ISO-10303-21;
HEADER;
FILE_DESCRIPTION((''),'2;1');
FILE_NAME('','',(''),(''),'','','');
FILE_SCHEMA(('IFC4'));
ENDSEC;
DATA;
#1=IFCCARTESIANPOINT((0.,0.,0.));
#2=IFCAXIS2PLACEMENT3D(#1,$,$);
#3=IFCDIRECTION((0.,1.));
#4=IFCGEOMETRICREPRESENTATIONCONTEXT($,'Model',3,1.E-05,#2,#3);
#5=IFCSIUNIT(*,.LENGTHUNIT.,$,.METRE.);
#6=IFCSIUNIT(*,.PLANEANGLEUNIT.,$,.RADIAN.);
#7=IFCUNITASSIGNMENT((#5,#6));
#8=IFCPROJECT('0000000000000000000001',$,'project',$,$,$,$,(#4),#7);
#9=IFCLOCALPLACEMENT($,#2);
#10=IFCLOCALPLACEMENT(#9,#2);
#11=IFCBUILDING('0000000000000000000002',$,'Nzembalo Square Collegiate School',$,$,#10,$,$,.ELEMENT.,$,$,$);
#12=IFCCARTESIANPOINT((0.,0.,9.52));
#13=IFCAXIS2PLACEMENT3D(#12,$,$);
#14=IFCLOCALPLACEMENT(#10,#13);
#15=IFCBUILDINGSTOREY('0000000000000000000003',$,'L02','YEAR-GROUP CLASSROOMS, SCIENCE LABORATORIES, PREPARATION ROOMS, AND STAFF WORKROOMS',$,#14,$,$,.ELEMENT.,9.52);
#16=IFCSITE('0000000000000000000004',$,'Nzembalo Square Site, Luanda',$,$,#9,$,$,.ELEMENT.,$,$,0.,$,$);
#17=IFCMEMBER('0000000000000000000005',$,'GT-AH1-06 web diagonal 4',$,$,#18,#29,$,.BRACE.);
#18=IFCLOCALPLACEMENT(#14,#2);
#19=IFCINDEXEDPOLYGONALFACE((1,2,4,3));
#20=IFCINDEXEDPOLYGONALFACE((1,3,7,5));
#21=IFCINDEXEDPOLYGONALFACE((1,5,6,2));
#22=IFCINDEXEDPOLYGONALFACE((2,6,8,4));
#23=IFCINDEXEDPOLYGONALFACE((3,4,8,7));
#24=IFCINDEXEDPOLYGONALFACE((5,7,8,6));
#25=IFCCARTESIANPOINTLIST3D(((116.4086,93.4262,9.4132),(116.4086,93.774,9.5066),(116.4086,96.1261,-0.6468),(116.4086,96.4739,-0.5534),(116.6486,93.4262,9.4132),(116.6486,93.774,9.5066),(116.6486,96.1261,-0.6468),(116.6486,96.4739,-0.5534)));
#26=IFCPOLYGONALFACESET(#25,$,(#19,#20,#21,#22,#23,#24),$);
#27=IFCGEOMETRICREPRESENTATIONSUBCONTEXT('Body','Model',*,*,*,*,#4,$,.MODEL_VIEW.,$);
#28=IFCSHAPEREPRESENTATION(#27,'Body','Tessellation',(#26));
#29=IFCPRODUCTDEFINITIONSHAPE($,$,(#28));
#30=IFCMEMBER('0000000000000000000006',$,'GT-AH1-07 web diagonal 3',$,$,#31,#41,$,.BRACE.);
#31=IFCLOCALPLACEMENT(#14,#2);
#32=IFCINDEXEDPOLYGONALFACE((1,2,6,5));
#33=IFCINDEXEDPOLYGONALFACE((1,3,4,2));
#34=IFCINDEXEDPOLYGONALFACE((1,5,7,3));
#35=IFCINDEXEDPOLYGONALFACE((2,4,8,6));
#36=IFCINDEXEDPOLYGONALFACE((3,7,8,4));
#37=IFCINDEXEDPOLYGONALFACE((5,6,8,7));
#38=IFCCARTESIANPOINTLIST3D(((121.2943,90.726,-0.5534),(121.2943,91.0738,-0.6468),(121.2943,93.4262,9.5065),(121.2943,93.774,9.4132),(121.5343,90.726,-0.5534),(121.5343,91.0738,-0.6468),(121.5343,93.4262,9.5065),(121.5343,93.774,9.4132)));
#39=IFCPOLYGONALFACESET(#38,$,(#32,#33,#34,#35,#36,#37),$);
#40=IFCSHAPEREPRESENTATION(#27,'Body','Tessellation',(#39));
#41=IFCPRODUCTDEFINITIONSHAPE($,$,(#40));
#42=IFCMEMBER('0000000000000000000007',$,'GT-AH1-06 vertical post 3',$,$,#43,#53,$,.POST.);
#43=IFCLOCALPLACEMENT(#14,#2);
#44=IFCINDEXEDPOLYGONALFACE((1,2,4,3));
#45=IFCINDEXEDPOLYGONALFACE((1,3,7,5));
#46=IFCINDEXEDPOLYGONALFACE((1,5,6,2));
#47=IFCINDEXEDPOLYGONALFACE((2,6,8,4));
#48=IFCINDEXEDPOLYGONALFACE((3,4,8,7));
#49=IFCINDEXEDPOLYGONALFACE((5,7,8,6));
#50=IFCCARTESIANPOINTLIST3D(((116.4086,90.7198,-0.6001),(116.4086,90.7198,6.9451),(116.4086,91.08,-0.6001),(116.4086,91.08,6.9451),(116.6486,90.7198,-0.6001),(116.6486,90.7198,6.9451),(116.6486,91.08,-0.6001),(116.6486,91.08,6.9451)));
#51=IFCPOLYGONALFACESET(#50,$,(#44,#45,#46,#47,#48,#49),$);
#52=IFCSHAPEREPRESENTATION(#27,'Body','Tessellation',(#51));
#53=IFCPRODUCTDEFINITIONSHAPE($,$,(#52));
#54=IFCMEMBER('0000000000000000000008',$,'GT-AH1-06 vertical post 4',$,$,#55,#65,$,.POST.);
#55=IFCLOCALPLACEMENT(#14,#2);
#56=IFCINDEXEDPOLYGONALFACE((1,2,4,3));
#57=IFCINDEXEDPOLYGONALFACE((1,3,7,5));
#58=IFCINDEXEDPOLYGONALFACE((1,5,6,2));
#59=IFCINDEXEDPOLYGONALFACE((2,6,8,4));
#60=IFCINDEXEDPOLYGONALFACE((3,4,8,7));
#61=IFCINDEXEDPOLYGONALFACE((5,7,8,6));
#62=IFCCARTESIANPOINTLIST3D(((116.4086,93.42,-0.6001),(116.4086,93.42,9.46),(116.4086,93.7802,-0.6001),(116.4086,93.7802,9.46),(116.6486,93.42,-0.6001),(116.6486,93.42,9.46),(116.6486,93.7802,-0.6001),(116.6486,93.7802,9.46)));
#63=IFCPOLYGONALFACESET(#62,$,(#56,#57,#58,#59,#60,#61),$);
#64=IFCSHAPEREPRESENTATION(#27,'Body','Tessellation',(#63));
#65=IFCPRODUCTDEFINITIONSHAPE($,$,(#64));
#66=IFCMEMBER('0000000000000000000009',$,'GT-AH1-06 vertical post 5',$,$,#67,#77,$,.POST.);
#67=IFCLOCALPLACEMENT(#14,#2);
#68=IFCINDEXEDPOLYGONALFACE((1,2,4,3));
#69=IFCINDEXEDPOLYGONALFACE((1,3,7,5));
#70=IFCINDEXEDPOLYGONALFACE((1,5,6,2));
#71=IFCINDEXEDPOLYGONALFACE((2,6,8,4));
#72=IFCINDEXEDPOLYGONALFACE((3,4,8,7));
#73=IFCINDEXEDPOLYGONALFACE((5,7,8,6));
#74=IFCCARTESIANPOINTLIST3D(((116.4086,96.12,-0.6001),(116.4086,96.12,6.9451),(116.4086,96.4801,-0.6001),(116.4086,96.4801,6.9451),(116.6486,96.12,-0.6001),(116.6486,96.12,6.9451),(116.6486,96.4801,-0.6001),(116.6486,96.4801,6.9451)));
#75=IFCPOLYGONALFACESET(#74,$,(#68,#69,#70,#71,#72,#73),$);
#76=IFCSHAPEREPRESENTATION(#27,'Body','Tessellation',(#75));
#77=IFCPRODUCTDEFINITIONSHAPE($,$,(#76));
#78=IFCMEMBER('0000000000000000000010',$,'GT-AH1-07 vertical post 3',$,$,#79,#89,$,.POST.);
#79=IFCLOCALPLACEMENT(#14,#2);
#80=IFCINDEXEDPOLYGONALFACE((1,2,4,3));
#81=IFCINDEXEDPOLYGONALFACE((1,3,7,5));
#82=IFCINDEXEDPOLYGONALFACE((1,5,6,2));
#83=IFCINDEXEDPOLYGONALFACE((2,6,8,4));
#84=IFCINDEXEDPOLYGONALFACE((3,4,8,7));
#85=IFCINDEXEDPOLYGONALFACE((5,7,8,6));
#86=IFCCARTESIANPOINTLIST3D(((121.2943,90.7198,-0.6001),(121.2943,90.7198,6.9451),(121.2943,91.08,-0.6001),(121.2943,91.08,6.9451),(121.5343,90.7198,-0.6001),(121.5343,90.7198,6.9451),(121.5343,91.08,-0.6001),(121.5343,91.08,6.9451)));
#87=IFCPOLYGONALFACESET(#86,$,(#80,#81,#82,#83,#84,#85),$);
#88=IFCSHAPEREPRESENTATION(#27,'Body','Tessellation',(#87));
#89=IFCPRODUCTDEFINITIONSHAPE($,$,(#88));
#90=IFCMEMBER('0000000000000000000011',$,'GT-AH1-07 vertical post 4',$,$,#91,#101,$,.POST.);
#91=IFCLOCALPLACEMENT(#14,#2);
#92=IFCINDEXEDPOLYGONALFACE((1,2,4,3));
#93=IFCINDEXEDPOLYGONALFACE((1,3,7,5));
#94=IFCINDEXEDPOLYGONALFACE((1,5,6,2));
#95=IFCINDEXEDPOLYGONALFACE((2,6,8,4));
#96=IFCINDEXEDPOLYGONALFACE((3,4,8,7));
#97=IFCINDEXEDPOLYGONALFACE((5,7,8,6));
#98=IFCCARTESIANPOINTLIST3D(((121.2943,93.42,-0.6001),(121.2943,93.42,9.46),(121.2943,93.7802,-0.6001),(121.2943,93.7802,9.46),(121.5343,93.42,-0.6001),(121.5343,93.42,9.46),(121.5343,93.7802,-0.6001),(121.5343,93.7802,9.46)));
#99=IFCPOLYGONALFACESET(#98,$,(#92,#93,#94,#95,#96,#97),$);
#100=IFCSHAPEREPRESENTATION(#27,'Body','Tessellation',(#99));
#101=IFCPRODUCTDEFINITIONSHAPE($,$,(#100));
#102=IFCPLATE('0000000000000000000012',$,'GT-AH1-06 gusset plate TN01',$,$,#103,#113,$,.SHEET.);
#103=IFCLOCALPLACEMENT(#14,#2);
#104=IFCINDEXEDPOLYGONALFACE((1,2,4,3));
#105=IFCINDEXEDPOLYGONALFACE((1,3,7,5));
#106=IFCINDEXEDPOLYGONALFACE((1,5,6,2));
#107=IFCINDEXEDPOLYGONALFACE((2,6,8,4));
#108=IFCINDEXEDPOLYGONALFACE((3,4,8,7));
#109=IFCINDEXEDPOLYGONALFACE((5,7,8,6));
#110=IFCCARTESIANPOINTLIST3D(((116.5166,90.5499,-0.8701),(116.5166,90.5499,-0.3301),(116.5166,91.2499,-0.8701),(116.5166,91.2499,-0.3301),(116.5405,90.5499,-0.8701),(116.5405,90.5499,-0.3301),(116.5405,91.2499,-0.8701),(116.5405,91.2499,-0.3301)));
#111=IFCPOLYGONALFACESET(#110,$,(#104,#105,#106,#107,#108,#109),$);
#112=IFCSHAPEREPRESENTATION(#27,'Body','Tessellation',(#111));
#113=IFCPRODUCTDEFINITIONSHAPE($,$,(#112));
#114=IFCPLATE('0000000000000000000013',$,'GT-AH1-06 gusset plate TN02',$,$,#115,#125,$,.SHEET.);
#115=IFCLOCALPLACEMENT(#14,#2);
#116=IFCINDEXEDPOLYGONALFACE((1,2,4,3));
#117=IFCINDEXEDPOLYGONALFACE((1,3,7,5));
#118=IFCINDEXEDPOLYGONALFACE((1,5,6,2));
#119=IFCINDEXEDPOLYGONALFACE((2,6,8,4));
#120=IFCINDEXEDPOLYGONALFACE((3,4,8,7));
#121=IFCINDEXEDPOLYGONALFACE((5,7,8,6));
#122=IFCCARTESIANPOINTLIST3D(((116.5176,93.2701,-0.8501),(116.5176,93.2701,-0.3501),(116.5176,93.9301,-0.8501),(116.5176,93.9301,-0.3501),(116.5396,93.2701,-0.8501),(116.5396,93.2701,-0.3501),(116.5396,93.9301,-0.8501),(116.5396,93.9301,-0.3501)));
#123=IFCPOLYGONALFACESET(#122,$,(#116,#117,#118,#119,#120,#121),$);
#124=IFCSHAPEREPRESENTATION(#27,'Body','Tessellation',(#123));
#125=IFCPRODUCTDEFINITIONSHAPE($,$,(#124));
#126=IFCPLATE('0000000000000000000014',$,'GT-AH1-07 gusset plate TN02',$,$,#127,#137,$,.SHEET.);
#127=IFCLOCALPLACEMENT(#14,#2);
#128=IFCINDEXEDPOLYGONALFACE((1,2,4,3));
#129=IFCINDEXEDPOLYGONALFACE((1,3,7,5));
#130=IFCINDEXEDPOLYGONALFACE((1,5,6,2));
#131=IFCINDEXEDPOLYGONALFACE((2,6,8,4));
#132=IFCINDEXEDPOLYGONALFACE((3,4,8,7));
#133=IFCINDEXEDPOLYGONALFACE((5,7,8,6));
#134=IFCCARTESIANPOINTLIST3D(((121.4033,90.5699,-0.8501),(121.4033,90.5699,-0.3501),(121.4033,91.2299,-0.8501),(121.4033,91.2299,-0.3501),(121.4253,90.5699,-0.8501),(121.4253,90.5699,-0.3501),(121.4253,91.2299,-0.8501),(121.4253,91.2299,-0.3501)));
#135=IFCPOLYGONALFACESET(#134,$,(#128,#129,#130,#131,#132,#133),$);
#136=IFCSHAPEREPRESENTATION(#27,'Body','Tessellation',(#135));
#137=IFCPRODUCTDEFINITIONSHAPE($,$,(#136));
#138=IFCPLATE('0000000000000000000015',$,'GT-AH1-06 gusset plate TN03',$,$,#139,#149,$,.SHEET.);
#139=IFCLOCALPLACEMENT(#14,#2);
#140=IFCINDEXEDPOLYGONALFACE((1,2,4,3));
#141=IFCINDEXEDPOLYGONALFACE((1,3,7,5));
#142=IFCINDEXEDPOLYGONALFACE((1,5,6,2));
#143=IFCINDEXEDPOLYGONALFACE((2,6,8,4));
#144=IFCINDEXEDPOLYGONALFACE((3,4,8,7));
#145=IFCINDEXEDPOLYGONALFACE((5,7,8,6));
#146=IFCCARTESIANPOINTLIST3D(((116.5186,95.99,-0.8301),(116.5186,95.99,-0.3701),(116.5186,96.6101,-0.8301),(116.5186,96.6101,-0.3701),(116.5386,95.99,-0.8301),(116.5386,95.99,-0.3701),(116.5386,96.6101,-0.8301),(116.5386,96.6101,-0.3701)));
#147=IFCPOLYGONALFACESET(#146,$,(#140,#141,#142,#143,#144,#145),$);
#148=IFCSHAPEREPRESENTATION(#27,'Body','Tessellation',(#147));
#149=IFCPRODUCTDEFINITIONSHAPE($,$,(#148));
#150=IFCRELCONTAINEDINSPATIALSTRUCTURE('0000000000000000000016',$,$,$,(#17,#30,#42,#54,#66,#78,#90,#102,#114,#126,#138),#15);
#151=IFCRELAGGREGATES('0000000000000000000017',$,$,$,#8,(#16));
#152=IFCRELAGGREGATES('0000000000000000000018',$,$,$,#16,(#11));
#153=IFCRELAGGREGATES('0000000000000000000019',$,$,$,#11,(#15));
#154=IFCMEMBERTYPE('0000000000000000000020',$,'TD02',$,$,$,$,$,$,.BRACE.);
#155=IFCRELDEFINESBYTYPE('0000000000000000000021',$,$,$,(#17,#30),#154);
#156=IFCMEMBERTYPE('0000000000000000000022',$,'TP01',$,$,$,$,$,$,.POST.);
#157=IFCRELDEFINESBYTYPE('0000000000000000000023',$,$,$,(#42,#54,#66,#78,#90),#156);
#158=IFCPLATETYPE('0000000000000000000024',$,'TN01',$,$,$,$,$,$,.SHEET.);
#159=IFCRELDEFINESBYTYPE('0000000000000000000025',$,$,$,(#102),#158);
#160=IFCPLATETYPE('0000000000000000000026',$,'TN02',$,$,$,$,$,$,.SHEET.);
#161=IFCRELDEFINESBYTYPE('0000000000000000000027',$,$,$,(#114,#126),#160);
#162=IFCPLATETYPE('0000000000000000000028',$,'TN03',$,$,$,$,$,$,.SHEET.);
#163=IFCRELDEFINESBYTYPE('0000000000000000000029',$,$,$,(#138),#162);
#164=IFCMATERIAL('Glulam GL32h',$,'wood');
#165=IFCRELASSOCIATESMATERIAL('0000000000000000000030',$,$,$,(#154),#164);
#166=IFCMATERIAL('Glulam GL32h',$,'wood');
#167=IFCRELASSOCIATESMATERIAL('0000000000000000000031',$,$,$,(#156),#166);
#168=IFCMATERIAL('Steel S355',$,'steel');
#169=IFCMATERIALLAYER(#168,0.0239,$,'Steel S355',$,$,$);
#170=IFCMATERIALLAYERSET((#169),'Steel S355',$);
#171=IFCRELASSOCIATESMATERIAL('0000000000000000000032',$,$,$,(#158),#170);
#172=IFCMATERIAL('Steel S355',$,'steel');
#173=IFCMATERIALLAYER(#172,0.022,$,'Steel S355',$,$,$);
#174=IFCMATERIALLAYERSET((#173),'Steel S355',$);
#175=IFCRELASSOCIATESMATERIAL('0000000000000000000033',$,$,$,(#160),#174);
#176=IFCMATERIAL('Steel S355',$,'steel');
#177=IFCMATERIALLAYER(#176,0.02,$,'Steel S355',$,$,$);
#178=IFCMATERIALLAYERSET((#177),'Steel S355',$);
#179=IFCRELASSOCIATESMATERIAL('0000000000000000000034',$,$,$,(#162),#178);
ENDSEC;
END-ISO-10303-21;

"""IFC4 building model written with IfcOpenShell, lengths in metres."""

from ifc_helpers import new_model, si_unit, direction, frame, origin, origin_2d, place, context, subcontext, project, spatial, rectangle, extrude, material, layer, layer_set, material_profile, profile_set, type_object, element, save


model = new_model("IFC4")

# Units and contexts
model_context = context("Model", 3, precision=1e-05, world=origin(), true_north=direction((0.0, 1.0)))
body_context = subcontext(model_context, "Body", "Model", "MODEL_VIEW")
ifc_project = project(units=[si_unit("LENGTHUNIT", "METRE"), si_unit("PLANEANGLEUNIT", "RADIAN")], contexts=[model_context])

# Site, building, storey
site_placement = place(None, origin())
site = spatial("IfcSite", under=ifc_project, at=site_placement, Name="Nzembalo Square Site, Luanda", CompositionType="ELEMENT", RefElevation=0.0)
building_placement = place(site_placement, origin())
building = spatial("IfcBuilding", under=site, at=building_placement, Name="Nzembalo Square Collegiate School", CompositionType="ELEMENT")
storey_placement = place(building_placement, frame((0.0, 0.0, 9.52)))
storey = spatial("IfcBuildingStorey", under=building, at=storey_placement, Name="L02", Description="YEAR-GROUP CLASSROOMS, SCIENCE LABORATORIES, PREPARATION ROOMS, AND STAFF WORKROOMS", CompositionType="ELEMENT", Elevation=9.52)

# Members
ifc_material_1 = material(Name="Glulam GL32h", Category="wood")
ifc_material_profile_1 = material_profile(ifc_material_1, rectangle(XDim=0.24, YDim=0.3601, at=origin_2d()), Name="GL32h 240x360")
ifc_profile_set_1 = profile_set([ifc_material_profile_1], Name="Glulam GL32h")
member_type_1 = type_object("IfcMemberType", Name="TD02", PredefinedType="BRACE", material=ifc_profile_set_1)
for number, where, z_axis, x_axis, name in (
    (1, (116.5286, 96.3, -0.6001), (0.0, -0.25921, 0.965821), (1.0, 0.0, 0.0), "GT-AH1-06 web diagonal 4"),
    (2, (121.4143, 90.8999, -0.6001), (0.0, 0.259232, 0.965815), (-1.0, 0.0, 0.0), "GT-AH1-07 web diagonal 3"),
):
    element("IfcMember", number, at=place(storey_placement, frame(where, z_axis=z_axis, x_axis=x_axis)), inside=storey, type_object=member_type_1, Name=name, PredefinedType="BRACE", context=body_context, shape_type="SweptSolid", body=[
        extrude(rectangle(XDim=0.24, YDim=0.3601, at=origin_2d()), origin(), (0.0, 0.0, 1.0), 10.416),
    ])
ifc_material_2 = material(Name="Glulam GL32h", Category="wood")
ifc_material_profile_2 = material_profile(ifc_material_2, rectangle(XDim=0.24, YDim=0.3601, at=origin_2d()), Name="GL32h 240x360")
ifc_profile_set_2 = profile_set([ifc_material_profile_2], Name="Glulam GL32h")
member_type_2 = type_object("IfcMemberType", Name="TP01", PredefinedType="POST", material=ifc_profile_set_2)
member_1_placement = place(storey_placement, frame((116.5286, 90.8999, -0.6001), z_axis=(0.0, 0.0, 1.0), x_axis=(1.0, 0.0, 0.0)))
element("IfcMember", 3, at=member_1_placement, inside=storey, type_object=member_type_2, Name="GT-AH1-06 vertical post 3", PredefinedType="POST", context=body_context, shape_type="SweptSolid", body=[
    extrude(rectangle(XDim=0.24, YDim=0.3601, at=origin_2d()), origin(), (0.0, 0.0, 1.0), 7.5452),
])
member_2_placement = place(storey_placement, frame((116.5286, 93.6001, -0.6001), z_axis=(0.0, 0.0, 1.0), x_axis=(1.0, 0.0, 0.0)))
element("IfcMember", 4, at=member_2_placement, inside=storey, type_object=member_type_2, Name="GT-AH1-06 vertical post 4", PredefinedType="POST", context=body_context, shape_type="SweptSolid", body=[
    extrude(rectangle(XDim=0.24, YDim=0.3601, at=origin_2d()), origin(), (0.0, 0.0, 1.0), 10.0601),
])
for number, where, z_axis, x_axis, name in (
    (5, (116.5286, 96.3, -0.6001), (0.0, 0.0, 1.0), (1.0, 0.0, 0.0), "GT-AH1-06 vertical post 5"),
    (6, (121.4143, 90.8999, -0.6001), (0.0, 0.0, 1.0), (1.0, 0.0, 0.0), "GT-AH1-07 vertical post 3"),
):
    element("IfcMember", number, at=place(storey_placement, frame(where, z_axis=z_axis, x_axis=x_axis)), inside=storey, type_object=member_type_2, Name=name, PredefinedType="POST", context=body_context, shape_type="SweptSolid", body=[
        extrude(rectangle(XDim=0.24, YDim=0.3601, at=origin_2d()), origin(), (0.0, 0.0, 1.0), 7.5452),
    ])
member_3_placement = place(storey_placement, frame((121.4143, 93.6001, -0.6001), z_axis=(0.0, 0.0, 1.0), x_axis=(1.0, 0.0, 0.0)))
element("IfcMember", 7, at=member_3_placement, inside=storey, type_object=member_type_2, Name="GT-AH1-07 vertical post 4", PredefinedType="POST", context=body_context, shape_type="SweptSolid", body=[
    extrude(rectangle(XDim=0.24, YDim=0.3601, at=origin_2d()), origin(), (0.0, 0.0, 1.0), 10.0601),
])

# Plates
ifc_material_3 = material(Name="Steel S355", Category="steel")
ifc_layer_1 = layer(ifc_material_3, 0.0239, Name="Steel S355")
ifc_layer_set_1 = layer_set([ifc_layer_1], Name="Steel S355")
plate_type_1 = type_object("IfcPlateType", Name="TN01", PredefinedType="SHEET", material=ifc_layer_set_1)
plate_1_placement = place(storey_placement, frame((116.5286, 90.8999, -0.8701), z_axis=(0.0, 0.0, 1.0), x_axis=(0.0, 1.0, 0.0)))
element("IfcPlate", 8, at=plate_1_placement, inside=storey, type_object=plate_type_1, Name="GT-AH1-06 gusset plate TN01", PredefinedType="SHEET", context=body_context, shape_type="SweptSolid", body=[
    extrude(rectangle(XDim=0.7, YDim=0.0239, at=origin_2d()), origin(), (0.0, 0.0, 1.0), 0.54),
])
ifc_material_4 = material(Name="Steel S355", Category="steel")
ifc_layer_2 = layer(ifc_material_4, 0.022, Name="Steel S355")
ifc_layer_set_2 = layer_set([ifc_layer_2], Name="Steel S355")
plate_type_2 = type_object("IfcPlateType", Name="TN02", PredefinedType="SHEET", material=ifc_layer_set_2)
for number, where, z_axis, x_axis, name in (
    (9, (116.5286, 93.6001, -0.8501), (0.0, 0.0, 1.0), (0.0, 1.0, 0.0), "GT-AH1-06 gusset plate TN02"),
    (10, (121.4143, 90.8999, -0.8501), (0.0, 0.0, 1.0), (0.0, 1.0, 0.0), "GT-AH1-07 gusset plate TN02"),
):
    element("IfcPlate", number, at=place(storey_placement, frame(where, z_axis=z_axis, x_axis=x_axis)), inside=storey, type_object=plate_type_2, Name=name, PredefinedType="SHEET", context=body_context, shape_type="SweptSolid", body=[
        extrude(rectangle(XDim=0.6599, YDim=0.022, at=origin_2d()), origin(), (0.0, 0.0, 1.0), 0.5),
    ])
ifc_material_5 = material(Name="Steel S355", Category="steel")
ifc_layer_3 = layer(ifc_material_5, 0.02, Name="Steel S355")
ifc_layer_set_3 = layer_set([ifc_layer_3], Name="Steel S355")
plate_type_3 = type_object("IfcPlateType", Name="TN03", PredefinedType="SHEET", material=ifc_layer_set_3)
plate_2_placement = place(storey_placement, frame((116.5286, 96.3, -0.8301), z_axis=(0.0, 0.0, 1.0), x_axis=(0.0, 1.0, 0.0)))
element("IfcPlate", 11, at=plate_2_placement, inside=storey, type_object=plate_type_3, Name="GT-AH1-06 gusset plate TN03", PredefinedType="SHEET", context=body_context, shape_type="SweptSolid", body=[
    extrude(rectangle(XDim=0.6201, YDim=0.02, at=origin_2d()), origin(), (0.0, 0.0, 1.0), 0.46),
])

save(model, "model.ifc")
